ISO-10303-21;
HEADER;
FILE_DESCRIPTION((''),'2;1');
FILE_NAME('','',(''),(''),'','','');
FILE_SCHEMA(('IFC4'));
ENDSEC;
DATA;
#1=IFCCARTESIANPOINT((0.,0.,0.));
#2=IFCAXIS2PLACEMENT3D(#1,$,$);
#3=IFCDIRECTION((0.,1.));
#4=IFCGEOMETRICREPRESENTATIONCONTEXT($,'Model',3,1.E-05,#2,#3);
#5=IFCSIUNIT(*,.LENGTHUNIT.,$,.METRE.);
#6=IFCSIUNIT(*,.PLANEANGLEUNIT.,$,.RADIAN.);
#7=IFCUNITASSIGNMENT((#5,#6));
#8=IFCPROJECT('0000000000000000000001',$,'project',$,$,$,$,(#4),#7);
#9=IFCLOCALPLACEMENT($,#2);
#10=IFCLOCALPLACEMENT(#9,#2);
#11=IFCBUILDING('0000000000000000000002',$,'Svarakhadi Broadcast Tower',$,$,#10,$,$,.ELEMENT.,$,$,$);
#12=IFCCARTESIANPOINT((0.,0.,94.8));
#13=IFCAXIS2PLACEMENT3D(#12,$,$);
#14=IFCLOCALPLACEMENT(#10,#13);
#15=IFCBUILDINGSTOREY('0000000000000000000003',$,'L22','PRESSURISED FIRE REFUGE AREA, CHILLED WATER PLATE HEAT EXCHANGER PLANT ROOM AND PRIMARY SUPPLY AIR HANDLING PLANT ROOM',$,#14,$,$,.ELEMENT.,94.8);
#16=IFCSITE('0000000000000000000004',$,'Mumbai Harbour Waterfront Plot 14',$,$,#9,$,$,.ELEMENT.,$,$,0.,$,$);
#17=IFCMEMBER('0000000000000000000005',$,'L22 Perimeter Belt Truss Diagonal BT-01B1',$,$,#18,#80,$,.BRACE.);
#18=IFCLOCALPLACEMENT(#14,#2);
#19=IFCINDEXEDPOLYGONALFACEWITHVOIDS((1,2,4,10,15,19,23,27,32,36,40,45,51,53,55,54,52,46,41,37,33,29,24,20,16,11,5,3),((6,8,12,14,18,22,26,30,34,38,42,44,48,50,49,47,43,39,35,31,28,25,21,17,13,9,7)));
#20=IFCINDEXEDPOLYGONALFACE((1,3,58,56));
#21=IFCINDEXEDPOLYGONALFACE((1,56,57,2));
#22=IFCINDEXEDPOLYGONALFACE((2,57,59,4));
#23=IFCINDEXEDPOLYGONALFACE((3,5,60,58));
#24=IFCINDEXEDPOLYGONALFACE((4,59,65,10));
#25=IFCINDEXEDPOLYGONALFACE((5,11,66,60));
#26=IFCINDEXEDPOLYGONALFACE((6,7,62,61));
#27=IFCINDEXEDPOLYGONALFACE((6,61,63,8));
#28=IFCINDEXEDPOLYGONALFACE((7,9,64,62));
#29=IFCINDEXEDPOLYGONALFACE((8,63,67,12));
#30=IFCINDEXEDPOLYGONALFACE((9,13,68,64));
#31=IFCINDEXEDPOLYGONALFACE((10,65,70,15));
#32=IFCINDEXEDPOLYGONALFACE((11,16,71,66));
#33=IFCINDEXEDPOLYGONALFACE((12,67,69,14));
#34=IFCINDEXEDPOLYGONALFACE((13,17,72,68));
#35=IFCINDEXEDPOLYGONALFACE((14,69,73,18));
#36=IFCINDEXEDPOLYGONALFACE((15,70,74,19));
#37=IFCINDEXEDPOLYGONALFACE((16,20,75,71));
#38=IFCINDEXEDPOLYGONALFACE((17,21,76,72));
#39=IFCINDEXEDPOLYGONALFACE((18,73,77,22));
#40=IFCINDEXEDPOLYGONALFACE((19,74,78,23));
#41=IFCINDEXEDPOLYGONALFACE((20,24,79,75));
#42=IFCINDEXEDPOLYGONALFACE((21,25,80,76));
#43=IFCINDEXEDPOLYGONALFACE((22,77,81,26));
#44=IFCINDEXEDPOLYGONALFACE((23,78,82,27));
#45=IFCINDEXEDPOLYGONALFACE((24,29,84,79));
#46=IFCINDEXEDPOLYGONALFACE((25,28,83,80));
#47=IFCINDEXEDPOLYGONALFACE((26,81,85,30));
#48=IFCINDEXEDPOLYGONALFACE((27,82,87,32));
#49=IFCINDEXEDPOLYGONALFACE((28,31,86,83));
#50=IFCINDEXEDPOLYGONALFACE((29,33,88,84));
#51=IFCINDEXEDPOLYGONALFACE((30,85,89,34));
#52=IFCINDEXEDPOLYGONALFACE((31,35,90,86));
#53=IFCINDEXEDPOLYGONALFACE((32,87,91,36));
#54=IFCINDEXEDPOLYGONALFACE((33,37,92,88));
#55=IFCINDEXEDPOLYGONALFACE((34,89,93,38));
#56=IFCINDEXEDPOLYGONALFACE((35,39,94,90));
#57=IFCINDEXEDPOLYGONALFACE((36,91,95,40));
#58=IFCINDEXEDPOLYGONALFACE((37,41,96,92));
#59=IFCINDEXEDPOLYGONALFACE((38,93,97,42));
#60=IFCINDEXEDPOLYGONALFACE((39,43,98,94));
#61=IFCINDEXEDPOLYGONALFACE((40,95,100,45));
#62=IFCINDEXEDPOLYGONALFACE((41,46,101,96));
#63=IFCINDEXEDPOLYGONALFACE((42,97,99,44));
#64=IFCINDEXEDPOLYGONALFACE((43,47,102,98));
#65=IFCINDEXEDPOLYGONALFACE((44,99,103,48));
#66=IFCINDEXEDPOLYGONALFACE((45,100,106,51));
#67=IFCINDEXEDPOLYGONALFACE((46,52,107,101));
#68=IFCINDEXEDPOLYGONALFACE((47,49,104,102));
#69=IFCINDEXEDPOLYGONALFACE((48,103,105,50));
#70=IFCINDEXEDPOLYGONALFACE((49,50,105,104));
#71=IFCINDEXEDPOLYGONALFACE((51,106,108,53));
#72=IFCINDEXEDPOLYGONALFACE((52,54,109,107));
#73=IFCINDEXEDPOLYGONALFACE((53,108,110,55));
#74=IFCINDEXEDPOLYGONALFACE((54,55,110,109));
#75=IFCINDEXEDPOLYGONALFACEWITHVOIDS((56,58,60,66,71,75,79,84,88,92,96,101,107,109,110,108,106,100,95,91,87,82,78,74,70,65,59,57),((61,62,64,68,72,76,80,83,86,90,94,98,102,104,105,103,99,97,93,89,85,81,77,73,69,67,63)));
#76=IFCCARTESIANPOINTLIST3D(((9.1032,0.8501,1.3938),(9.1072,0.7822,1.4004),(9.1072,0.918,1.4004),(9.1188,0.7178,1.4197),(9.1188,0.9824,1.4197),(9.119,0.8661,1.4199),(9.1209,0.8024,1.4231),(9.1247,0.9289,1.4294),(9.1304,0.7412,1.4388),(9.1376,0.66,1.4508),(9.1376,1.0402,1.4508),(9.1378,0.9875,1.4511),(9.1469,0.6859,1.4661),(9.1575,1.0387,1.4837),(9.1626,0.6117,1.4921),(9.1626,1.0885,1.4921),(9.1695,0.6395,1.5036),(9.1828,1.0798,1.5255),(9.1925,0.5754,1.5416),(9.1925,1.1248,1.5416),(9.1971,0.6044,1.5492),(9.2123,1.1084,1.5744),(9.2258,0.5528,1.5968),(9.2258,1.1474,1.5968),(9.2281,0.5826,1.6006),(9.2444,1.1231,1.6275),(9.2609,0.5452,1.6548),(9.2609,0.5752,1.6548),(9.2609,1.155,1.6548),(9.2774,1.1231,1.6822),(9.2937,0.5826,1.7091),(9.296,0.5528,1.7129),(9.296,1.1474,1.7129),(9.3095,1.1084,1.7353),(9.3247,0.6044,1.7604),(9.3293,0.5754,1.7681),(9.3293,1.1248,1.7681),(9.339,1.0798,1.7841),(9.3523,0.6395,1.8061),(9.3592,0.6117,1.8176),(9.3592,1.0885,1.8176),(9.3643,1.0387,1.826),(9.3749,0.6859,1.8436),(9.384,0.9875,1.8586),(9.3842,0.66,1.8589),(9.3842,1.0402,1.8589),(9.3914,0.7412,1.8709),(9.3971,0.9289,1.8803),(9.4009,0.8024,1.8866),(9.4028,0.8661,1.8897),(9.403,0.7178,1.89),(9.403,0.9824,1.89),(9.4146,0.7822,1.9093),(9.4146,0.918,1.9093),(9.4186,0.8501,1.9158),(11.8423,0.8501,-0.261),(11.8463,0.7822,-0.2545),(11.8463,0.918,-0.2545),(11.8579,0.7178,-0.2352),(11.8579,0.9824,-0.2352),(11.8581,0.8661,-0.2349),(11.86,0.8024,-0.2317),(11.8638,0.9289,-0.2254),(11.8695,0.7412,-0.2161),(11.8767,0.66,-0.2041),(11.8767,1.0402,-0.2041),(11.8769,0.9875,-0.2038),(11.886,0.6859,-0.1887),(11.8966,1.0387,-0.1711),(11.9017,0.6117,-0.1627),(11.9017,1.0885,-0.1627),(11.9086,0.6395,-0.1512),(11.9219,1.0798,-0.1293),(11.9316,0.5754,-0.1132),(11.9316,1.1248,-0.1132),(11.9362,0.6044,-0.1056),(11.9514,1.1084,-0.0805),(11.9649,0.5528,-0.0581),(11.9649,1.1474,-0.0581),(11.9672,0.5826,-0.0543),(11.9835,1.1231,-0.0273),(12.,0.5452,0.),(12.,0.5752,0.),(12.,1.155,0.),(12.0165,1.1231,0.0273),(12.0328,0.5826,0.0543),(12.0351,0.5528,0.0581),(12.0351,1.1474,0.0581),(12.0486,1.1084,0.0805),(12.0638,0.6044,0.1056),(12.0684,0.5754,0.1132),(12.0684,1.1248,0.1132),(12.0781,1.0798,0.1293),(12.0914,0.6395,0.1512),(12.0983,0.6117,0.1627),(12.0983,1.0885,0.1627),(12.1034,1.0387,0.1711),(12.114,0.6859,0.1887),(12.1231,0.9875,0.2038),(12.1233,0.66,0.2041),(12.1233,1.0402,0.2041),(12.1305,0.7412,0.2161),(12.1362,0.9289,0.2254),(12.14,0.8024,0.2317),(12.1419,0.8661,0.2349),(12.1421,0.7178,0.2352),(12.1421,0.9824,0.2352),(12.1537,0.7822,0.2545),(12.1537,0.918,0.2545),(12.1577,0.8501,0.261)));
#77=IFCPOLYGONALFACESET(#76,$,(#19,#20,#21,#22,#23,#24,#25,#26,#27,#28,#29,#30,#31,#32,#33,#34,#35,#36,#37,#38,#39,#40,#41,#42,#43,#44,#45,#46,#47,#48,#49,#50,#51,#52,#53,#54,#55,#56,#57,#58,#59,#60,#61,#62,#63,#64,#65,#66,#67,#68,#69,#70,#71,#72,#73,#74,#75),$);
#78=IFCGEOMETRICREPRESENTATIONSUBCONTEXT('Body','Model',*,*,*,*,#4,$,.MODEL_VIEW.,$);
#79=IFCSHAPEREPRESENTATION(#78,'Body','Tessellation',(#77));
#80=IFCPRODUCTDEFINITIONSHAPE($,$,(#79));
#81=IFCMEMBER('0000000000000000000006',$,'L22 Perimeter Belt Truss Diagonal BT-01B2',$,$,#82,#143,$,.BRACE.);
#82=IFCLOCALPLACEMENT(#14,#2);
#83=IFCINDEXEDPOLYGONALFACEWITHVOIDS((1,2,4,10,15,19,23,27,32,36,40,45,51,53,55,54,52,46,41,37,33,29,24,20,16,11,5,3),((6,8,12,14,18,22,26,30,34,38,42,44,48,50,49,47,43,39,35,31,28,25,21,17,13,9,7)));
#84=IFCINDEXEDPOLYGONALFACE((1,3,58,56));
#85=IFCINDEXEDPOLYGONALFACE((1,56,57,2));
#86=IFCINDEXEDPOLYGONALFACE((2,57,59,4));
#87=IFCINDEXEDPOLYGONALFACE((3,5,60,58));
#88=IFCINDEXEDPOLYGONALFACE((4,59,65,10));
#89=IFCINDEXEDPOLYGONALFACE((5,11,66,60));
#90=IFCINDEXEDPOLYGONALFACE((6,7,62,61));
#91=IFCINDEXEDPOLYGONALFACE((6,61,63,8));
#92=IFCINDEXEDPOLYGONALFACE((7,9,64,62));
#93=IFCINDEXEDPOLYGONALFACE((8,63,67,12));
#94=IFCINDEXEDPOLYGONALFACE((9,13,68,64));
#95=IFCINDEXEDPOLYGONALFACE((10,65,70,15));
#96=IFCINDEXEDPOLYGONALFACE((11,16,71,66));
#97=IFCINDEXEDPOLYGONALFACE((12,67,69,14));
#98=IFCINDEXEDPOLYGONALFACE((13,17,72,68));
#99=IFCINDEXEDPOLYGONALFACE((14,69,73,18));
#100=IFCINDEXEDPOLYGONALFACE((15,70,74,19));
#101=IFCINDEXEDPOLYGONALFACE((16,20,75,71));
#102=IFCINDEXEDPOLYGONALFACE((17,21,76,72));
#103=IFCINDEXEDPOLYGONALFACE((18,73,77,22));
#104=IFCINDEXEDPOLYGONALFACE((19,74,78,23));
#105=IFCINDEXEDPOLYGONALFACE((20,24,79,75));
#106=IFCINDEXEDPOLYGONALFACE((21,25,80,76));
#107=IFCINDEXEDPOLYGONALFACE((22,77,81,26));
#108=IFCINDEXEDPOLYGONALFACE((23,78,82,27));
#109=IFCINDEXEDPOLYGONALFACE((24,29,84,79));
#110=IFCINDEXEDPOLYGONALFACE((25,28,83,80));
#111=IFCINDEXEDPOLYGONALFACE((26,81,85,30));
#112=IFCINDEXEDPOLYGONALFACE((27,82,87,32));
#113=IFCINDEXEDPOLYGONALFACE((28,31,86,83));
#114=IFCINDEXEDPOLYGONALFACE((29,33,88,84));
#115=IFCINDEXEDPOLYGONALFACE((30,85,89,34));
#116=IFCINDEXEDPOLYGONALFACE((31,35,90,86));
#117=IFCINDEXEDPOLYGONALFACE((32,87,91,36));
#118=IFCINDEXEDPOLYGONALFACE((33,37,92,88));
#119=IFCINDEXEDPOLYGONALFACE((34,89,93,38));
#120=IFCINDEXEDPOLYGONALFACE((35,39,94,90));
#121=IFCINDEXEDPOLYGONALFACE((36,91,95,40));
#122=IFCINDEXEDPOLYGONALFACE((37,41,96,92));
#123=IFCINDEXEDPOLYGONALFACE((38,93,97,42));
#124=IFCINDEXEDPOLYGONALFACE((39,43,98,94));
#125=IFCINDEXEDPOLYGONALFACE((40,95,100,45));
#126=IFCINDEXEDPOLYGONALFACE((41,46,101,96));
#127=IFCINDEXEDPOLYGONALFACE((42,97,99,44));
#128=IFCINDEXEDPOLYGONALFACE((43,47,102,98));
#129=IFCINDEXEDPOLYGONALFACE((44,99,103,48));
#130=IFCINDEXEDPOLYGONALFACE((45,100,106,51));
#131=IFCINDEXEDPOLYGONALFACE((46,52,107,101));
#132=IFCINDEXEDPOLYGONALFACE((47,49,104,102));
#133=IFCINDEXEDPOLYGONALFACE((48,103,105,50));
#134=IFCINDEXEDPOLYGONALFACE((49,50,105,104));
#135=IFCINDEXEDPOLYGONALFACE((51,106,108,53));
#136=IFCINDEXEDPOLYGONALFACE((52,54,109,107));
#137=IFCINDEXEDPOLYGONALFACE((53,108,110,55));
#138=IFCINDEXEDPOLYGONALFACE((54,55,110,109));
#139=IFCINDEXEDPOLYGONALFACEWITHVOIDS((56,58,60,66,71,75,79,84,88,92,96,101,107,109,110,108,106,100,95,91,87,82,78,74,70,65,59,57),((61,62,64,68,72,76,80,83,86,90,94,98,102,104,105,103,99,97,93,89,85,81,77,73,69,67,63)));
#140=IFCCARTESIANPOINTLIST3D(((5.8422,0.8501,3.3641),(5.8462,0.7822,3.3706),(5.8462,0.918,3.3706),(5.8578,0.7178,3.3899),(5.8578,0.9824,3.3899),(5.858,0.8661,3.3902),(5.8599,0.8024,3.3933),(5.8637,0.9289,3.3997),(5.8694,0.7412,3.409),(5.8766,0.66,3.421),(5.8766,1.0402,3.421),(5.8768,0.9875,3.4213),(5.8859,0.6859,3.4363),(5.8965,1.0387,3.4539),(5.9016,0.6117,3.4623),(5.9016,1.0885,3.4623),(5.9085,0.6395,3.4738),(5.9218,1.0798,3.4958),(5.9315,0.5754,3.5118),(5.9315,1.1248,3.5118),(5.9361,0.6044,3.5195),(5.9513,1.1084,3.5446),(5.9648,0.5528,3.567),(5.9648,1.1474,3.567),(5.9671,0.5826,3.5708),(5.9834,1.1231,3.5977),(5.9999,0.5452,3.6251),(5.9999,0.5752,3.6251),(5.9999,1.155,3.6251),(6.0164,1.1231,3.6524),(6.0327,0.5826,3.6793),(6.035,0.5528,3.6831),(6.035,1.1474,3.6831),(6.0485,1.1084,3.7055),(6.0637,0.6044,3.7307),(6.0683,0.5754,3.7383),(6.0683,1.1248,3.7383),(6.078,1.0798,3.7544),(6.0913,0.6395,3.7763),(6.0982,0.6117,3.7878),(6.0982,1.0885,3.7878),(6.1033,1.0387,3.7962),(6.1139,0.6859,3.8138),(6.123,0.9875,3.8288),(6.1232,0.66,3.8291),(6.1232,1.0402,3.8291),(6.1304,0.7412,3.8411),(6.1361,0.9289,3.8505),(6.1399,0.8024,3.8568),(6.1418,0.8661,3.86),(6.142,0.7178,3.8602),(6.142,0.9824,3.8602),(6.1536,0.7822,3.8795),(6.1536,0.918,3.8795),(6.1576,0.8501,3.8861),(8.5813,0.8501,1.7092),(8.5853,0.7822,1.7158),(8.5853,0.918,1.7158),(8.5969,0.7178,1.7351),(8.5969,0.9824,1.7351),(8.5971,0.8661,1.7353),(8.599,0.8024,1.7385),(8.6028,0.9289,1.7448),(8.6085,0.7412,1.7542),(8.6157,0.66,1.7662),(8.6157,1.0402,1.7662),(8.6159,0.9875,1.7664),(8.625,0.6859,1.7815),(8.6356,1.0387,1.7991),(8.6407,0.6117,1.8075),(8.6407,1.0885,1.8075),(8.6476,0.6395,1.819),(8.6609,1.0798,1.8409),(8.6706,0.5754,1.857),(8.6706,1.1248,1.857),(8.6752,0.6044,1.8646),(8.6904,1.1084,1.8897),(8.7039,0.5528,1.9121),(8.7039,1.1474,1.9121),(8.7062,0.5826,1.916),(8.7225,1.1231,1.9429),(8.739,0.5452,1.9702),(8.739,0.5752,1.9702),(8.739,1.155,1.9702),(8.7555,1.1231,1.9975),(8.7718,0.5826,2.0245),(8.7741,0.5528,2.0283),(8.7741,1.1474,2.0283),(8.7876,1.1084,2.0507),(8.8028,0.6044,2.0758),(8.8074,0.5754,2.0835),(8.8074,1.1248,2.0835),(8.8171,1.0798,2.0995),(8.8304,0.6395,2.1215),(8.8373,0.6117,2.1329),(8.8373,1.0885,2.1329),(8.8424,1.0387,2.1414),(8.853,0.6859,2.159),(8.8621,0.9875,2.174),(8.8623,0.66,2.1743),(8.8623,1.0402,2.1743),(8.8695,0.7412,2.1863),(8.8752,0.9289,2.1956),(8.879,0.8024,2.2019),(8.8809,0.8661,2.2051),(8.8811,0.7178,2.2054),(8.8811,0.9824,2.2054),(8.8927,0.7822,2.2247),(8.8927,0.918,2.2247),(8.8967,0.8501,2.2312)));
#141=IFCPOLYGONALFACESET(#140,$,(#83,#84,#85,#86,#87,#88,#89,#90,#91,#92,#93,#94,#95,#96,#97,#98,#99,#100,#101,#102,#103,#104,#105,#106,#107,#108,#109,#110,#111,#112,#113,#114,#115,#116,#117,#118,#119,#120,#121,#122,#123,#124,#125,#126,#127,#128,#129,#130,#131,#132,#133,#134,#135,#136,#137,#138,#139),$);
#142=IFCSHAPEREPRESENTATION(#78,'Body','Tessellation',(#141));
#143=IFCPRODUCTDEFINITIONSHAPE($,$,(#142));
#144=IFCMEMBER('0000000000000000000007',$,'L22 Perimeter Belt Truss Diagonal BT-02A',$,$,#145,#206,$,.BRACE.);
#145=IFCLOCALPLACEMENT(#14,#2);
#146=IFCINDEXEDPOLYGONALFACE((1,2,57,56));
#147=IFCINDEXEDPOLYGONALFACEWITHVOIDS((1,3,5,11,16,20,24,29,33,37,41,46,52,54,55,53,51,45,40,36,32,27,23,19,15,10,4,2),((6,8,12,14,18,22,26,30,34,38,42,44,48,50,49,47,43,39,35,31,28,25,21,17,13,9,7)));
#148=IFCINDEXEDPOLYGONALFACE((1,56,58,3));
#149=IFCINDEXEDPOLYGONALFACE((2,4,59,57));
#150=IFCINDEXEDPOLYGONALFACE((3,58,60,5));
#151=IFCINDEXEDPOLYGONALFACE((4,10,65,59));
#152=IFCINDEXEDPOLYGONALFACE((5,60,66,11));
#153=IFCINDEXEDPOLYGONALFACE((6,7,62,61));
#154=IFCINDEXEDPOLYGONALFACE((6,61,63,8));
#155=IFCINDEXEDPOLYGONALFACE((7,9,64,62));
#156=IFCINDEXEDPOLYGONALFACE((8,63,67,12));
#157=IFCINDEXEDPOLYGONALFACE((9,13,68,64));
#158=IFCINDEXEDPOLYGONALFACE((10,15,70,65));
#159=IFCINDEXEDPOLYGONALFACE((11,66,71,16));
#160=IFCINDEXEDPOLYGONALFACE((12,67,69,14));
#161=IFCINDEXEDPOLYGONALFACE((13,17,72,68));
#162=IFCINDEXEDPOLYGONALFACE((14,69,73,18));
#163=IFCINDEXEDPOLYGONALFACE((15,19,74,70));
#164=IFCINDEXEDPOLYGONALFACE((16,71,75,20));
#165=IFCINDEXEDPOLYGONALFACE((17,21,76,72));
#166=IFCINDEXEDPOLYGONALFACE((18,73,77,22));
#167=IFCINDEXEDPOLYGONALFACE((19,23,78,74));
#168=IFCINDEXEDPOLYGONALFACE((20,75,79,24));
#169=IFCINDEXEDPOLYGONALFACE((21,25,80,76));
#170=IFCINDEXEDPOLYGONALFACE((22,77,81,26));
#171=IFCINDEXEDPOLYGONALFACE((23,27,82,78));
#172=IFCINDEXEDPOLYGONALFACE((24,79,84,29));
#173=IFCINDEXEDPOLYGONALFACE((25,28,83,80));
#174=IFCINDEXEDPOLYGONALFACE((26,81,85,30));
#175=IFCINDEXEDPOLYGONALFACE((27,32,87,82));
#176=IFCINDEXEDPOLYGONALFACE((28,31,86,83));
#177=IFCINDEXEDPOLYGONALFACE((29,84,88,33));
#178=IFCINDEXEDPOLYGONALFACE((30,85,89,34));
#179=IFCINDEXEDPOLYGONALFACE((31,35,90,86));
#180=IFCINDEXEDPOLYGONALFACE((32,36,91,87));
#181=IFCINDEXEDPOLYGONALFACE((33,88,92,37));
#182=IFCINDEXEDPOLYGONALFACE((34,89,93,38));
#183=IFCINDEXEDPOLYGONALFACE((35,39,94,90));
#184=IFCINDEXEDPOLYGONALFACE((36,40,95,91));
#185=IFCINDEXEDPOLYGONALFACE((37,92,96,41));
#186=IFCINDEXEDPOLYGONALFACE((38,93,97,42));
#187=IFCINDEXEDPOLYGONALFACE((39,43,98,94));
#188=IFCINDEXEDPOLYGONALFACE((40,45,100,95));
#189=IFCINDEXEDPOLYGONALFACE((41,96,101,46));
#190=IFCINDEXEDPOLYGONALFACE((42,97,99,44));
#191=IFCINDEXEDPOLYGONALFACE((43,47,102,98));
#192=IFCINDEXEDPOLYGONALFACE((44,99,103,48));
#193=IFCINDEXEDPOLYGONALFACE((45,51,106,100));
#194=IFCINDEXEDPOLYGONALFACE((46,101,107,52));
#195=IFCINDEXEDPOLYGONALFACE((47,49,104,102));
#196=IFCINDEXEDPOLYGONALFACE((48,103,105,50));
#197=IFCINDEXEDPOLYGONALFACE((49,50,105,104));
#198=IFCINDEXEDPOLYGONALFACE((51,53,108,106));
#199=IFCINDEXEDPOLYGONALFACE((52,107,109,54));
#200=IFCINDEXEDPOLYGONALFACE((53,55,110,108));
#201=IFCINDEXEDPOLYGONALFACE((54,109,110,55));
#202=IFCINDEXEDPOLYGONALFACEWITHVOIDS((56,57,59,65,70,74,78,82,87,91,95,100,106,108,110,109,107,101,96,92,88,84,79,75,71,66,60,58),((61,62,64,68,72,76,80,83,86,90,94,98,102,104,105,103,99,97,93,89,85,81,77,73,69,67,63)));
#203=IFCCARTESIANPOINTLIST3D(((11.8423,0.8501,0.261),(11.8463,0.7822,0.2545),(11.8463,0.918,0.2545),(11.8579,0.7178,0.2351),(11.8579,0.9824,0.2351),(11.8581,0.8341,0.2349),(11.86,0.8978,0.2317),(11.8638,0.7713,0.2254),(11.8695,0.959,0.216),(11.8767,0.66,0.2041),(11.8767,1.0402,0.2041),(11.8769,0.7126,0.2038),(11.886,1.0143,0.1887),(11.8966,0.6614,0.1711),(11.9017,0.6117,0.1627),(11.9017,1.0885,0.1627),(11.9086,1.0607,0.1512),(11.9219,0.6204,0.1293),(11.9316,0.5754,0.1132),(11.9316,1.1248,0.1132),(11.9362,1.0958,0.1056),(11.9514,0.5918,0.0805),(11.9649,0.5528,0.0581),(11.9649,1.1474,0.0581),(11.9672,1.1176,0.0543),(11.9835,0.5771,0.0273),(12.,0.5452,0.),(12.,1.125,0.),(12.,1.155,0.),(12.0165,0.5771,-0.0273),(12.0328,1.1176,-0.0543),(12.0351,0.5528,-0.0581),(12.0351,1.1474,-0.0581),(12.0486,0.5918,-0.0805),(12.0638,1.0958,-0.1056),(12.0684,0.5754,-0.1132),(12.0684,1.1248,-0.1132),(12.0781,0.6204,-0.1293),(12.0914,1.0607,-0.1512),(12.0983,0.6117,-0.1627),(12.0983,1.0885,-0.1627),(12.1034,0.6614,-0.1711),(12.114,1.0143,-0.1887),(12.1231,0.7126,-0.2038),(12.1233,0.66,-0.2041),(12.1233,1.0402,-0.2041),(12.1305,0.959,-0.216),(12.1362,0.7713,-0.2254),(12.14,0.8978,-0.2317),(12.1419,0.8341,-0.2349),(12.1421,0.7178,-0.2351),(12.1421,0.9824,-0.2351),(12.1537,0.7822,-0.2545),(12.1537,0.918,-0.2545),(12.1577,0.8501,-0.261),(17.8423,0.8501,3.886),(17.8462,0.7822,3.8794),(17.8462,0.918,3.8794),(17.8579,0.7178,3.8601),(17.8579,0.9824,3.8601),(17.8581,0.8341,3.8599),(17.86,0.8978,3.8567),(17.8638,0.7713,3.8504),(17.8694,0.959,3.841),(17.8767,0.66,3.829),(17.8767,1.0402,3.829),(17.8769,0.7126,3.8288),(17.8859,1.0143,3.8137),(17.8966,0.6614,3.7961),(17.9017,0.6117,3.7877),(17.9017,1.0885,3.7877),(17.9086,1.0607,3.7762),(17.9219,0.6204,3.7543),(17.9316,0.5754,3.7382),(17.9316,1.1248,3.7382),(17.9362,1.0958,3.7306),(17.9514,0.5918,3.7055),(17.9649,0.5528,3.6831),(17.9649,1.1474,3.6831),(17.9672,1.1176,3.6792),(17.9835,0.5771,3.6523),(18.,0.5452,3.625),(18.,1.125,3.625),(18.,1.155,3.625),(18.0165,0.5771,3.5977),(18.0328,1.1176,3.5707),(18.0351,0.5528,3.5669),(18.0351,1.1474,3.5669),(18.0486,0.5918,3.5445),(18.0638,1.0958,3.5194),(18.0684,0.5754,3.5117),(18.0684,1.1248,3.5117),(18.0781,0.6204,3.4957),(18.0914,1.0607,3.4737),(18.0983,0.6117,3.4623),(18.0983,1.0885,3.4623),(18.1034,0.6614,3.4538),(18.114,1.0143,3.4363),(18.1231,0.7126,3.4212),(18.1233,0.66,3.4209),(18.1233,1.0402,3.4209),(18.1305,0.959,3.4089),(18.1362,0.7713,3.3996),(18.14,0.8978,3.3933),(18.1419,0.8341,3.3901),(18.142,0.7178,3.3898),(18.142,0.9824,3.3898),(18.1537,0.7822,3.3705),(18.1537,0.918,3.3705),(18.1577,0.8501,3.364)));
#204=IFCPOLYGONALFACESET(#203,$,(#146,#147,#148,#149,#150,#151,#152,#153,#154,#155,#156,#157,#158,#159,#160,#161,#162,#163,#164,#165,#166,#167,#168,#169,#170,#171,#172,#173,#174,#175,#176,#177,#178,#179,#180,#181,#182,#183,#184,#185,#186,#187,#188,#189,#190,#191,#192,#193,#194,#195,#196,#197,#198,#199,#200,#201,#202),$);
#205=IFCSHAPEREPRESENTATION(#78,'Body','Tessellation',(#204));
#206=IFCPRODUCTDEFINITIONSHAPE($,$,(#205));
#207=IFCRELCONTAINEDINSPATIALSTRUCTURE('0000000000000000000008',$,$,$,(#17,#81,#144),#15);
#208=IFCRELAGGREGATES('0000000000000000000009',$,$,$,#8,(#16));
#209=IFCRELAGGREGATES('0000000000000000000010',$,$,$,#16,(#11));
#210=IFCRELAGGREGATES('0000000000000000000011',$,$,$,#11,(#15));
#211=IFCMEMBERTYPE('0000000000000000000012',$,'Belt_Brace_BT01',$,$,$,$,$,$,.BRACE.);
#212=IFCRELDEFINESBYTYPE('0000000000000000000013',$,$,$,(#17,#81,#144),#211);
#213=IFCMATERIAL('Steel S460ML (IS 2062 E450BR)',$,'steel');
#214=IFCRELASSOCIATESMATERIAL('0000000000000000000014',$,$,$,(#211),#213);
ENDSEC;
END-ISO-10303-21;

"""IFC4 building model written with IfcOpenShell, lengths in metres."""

from ifc_helpers import new_model, si_unit, direction, frame, origin, origin_2d, place, context, subcontext, project, spatial, hollow_circle, extrude, material, material_profile, profile_set, type_object, element, save


model = new_model("IFC4")

# Units and contexts
model_context = context("Model", 3, precision=1e-05, world=origin(), true_north=direction((0.0, 1.0)))
body_context = subcontext(model_context, "Body", "Model", "MODEL_VIEW")
ifc_project = project(units=[si_unit("LENGTHUNIT", "METRE"), si_unit("PLANEANGLEUNIT", "RADIAN")], contexts=[model_context])

# Site, building, storey
site_placement = place(None, origin())
site = spatial("IfcSite", under=ifc_project, at=site_placement, Name="Mumbai Harbour Waterfront Plot 14", CompositionType="ELEMENT", RefElevation=0.0)
building_placement = place(site_placement, origin())
building = spatial("IfcBuilding", under=site, at=building_placement, Name="Svarakhadi Broadcast Tower", CompositionType="ELEMENT")
storey_placement = place(building_placement, frame((0.0, 0.0, 94.8)))
storey = spatial("IfcBuildingStorey", under=building, at=storey_placement, Name="L22", Description="PRESSURISED FIRE REFUGE AREA, CHILLED WATER PLATE HEAT EXCHANGER PLANT ROOM AND PRIMARY SUPPLY AIR HANDLING PLANT ROOM", CompositionType="ELEMENT", Elevation=94.8)

# Shared definitions
ifc_material_1 = material(Name="Steel S460ML (IS 2062 E450BR)", Category="steel")

# Members
ifc_material_profile_1 = material_profile(ifc_material_1, hollow_circle(Radius=0.3049, WallThickness=0.03, at=origin_2d()), Name="CHS 610x30")
ifc_profile_set_1 = profile_set([ifc_material_profile_1], Name="Steel S460ML (IS 2062 E450BR)")
member_type_1 = type_object("IfcMemberType", Name="Belt_Brace_BT01", PredefinedType="BRACE", material=ifc_profile_set_1)
for number, where, z_axis, x_axis, name in (
    (1, (12.0, 0.8501, 0.0), (-0.85592, 0.0, 0.517107), (0.0, -1.0, 0.0), "L22 Perimeter Belt Truss Diagonal BT-01B1"),
    (2, (8.739, 0.8501, 1.9702), (-0.85592, 0.0, 0.517107), (0.0, -1.0, 0.0), "L22 Perimeter Belt Truss Diagonal BT-01B2"),
):
    element("IfcMember", number, at=place(storey_placement, frame(where, z_axis=z_axis, x_axis=x_axis)), inside=storey, type_object=member_type_1, Name=name, PredefinedType="BRACE", context=body_context, shape_type="SweptSolid", body=[
        extrude(hollow_circle(Radius=0.3049, WallThickness=0.03, at=origin_2d()), origin(), (0.0, 0.0, 1.0), 3.2002),
    ])
member_1_placement = place(storey_placement, frame((12.0, 0.8501, 0.0), z_axis=(0.855916, 0.0, 0.517116), x_axis=(0.0, 1.0, 0.0)))
element("IfcMember", 3, at=member_1_placement, inside=storey, type_object=member_type_1, Name="L22 Perimeter Belt Truss Diagonal BT-02A", PredefinedType="BRACE", context=body_context, shape_type="SweptSolid", body=[
    extrude(hollow_circle(Radius=0.3049, WallThickness=0.03, at=origin_2d()), origin(), (0.0, 0.0, 1.0), 7.01),
])

save(model, "model.ifc")
